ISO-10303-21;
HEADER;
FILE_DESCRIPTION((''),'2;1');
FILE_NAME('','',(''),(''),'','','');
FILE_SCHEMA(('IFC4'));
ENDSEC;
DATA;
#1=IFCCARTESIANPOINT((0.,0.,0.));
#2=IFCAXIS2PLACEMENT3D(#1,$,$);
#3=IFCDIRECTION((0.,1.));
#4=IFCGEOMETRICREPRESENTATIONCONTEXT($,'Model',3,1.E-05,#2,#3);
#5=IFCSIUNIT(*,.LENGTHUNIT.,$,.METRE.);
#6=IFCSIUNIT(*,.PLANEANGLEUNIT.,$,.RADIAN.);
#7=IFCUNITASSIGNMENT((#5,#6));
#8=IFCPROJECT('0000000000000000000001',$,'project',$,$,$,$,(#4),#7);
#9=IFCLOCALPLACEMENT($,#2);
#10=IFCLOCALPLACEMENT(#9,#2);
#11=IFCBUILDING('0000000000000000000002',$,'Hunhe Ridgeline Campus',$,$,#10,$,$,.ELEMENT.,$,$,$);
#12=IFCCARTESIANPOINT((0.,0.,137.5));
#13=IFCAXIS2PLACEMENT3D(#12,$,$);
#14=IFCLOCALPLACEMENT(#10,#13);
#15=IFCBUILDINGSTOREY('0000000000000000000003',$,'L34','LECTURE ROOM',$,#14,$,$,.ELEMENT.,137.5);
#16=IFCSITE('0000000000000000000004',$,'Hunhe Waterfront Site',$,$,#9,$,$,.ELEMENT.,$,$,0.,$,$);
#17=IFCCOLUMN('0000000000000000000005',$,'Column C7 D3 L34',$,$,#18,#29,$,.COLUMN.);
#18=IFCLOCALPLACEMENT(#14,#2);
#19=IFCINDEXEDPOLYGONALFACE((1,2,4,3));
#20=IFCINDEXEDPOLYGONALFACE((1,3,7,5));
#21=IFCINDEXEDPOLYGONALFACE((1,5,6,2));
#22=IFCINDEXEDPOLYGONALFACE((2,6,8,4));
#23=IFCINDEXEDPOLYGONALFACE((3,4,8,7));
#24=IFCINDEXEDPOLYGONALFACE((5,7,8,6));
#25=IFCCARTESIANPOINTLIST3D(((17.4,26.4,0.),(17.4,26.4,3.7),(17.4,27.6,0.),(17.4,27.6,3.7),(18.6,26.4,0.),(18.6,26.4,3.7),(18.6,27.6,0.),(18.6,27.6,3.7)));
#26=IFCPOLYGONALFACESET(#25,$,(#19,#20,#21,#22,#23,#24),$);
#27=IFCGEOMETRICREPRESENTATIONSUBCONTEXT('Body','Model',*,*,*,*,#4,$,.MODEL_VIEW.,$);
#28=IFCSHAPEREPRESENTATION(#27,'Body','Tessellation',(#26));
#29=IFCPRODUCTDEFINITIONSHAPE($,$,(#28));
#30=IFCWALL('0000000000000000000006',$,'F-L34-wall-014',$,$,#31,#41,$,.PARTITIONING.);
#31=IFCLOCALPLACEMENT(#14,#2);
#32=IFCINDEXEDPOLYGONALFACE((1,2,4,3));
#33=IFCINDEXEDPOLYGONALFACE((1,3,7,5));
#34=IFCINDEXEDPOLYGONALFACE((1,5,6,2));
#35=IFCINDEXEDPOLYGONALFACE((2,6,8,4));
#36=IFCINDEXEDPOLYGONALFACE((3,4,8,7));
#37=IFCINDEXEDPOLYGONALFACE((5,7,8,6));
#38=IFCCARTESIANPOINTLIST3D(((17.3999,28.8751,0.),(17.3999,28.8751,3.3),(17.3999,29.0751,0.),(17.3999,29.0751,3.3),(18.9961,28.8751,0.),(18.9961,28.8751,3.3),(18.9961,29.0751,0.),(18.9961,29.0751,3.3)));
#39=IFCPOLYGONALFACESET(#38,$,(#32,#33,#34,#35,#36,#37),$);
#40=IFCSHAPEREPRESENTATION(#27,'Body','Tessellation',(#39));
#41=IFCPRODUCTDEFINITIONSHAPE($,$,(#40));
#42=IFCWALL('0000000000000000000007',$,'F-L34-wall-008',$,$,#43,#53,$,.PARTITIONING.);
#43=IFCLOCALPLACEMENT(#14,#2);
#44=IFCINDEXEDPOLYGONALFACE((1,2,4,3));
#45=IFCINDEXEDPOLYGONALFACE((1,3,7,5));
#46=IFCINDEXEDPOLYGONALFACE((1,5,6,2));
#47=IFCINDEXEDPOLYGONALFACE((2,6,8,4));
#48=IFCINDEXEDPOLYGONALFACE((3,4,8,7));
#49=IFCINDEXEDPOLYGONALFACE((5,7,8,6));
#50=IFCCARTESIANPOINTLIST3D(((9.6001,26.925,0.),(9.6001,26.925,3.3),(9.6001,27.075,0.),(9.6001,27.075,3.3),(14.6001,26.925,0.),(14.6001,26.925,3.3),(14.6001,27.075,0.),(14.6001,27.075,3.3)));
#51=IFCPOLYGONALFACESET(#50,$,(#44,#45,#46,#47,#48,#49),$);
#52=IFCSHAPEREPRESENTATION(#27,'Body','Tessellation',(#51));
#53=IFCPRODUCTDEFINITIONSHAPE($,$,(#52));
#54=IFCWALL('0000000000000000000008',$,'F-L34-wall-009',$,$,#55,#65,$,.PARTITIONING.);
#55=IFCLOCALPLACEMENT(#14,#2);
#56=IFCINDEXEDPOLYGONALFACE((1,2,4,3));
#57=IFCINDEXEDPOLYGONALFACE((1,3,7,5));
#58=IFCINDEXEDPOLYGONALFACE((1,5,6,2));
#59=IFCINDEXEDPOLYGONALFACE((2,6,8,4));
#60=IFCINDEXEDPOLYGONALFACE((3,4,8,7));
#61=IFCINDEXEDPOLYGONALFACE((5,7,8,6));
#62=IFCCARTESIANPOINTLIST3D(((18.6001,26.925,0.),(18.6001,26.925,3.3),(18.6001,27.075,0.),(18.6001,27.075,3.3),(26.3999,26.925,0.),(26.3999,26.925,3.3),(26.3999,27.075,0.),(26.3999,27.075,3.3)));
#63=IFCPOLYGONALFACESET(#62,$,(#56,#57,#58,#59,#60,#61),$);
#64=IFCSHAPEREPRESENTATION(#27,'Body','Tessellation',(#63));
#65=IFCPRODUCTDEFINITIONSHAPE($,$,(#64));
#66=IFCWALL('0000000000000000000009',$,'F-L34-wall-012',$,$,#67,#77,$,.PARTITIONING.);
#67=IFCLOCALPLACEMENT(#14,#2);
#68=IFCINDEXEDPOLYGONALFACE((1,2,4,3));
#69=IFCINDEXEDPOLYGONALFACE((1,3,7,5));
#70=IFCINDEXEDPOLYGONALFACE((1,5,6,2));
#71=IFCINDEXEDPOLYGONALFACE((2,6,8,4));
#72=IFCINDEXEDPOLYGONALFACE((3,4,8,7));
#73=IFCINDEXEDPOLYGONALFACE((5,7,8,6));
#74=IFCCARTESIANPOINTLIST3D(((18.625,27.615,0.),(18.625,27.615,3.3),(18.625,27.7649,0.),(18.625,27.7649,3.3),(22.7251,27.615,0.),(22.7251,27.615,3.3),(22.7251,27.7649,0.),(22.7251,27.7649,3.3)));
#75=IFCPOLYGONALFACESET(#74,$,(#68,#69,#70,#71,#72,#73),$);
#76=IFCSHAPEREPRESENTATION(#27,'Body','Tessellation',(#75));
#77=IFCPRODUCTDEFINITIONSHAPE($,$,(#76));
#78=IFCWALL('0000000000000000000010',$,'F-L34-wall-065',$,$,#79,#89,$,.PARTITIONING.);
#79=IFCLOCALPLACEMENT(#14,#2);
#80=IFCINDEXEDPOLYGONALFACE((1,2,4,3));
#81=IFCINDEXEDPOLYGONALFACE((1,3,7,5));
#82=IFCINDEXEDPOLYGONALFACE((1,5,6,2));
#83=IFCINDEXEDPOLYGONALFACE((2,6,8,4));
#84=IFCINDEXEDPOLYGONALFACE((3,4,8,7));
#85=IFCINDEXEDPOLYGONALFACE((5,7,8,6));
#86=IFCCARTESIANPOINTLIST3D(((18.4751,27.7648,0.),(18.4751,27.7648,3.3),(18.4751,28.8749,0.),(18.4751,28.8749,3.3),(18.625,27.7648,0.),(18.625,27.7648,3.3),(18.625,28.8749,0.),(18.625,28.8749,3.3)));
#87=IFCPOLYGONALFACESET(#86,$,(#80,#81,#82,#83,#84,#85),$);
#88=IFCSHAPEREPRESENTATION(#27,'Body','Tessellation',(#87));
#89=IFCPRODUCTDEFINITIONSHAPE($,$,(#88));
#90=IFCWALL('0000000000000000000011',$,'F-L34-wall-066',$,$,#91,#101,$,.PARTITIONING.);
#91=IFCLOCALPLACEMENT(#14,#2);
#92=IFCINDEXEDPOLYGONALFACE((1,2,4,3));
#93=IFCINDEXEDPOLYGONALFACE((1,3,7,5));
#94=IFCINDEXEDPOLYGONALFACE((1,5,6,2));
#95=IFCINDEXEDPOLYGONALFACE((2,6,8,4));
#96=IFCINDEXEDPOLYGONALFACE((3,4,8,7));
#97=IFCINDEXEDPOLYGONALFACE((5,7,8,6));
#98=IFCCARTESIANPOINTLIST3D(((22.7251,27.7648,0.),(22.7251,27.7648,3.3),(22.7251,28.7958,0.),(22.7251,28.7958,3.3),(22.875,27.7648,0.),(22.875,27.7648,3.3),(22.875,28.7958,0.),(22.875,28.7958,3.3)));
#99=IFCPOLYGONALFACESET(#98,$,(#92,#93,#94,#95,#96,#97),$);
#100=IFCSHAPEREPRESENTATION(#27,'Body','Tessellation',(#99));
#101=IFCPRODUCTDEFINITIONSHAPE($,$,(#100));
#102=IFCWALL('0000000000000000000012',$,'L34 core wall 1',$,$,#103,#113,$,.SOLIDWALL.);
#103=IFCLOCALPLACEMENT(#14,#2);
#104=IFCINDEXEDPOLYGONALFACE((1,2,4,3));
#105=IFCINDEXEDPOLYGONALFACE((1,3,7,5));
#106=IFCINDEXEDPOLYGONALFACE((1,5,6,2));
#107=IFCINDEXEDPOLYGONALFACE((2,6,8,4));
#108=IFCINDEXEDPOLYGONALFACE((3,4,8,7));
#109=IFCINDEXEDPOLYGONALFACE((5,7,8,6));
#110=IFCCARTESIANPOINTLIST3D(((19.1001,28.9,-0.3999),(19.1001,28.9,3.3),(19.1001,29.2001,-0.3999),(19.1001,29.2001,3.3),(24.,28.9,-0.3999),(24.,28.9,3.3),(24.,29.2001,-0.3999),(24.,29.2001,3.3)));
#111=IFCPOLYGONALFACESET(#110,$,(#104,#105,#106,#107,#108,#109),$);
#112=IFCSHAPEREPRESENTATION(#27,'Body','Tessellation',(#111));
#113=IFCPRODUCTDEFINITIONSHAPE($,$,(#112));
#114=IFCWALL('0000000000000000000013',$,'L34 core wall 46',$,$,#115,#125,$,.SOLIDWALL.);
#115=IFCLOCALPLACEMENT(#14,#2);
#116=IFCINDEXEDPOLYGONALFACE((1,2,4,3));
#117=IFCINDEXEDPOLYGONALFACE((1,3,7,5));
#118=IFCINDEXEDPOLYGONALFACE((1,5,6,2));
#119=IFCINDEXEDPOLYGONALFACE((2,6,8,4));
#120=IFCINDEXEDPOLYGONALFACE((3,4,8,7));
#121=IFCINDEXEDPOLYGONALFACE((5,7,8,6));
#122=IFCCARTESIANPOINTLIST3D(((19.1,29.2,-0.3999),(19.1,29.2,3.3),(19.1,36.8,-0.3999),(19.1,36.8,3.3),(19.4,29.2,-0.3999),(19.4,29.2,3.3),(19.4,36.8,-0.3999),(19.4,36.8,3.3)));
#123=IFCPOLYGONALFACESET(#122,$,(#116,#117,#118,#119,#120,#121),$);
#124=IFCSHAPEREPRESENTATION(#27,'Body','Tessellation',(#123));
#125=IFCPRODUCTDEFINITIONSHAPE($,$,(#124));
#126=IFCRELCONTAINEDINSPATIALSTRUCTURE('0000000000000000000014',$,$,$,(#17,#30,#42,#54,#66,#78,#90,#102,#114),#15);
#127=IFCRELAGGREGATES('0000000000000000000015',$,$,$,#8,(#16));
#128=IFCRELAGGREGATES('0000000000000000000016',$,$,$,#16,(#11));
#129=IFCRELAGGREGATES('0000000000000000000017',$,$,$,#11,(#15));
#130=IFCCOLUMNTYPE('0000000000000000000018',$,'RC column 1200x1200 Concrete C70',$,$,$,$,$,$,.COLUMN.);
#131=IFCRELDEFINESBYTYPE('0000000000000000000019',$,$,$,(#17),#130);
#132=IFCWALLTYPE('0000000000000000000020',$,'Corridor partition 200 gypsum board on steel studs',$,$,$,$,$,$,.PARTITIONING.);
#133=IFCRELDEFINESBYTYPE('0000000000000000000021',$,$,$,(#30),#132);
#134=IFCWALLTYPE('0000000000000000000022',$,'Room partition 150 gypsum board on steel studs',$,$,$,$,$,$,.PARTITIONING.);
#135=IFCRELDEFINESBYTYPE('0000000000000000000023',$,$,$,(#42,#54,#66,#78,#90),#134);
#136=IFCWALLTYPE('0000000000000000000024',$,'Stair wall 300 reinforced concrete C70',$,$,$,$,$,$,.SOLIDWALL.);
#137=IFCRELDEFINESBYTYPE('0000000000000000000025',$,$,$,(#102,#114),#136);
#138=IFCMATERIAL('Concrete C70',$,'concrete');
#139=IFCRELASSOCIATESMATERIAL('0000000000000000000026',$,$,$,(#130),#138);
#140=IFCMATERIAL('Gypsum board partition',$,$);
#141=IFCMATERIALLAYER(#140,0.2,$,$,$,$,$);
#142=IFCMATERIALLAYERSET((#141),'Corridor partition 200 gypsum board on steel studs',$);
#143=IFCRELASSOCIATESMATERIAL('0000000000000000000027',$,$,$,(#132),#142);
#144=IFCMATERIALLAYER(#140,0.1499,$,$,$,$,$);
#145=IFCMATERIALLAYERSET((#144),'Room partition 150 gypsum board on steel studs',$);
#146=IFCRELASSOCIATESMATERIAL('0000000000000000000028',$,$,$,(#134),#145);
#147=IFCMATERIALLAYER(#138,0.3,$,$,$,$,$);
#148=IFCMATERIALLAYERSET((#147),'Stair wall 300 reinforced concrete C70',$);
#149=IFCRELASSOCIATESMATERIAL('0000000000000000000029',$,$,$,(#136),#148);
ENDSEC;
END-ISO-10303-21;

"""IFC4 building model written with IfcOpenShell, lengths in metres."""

from ifc_helpers import new_model, si_unit, direction, frame, frame_2d, origin, origin_2d, place, context, subcontext, project, spatial, rectangle, extrude, material, layer, layer_set, material_profile, profile_set, type_object, element, save


model = new_model("IFC4")

# Units and contexts
model_context = context("Model", 3, precision=1e-05, world=origin(), true_north=direction((0.0, 1.0)))
body_context = subcontext(model_context, "Body", "Model", "MODEL_VIEW")
ifc_project = project(units=[si_unit("LENGTHUNIT", "METRE"), si_unit("PLANEANGLEUNIT", "RADIAN")], contexts=[model_context])

# Site, building, storey
site_placement = place(None, origin())
site = spatial("IfcSite", under=ifc_project, at=site_placement, Name="Hunhe Waterfront Site", CompositionType="ELEMENT", RefElevation=0.0)
building_placement = place(site_placement, origin())
building = spatial("IfcBuilding", under=site, at=building_placement, Name="Hunhe Ridgeline Campus", CompositionType="ELEMENT")
storey_placement = place(building_placement, frame((0.0, 0.0, 137.5)))
storey = spatial("IfcBuildingStorey", under=building, at=storey_placement, Name="L34", Description="LECTURE ROOM", CompositionType="ELEMENT", Elevation=137.5)

# Column
ifc_material_1 = material(Name="Concrete C70", Category="concrete")
ifc_material_profile = material_profile(ifc_material_1, rectangle(XDim=1.2, YDim=1.2, at=origin_2d()))
ifc_profile_set = profile_set([ifc_material_profile], Name="Concrete C70")
column_type = type_object("IfcColumnType", Name="RC column 1200x1200 Concrete C70", PredefinedType="COLUMN", material=ifc_profile_set)
column_placement = place(storey_placement, frame((18.0, 27.0, 0.0), z_axis=(0.0, 0.0, 1.0), x_axis=(1.0, 0.0, 0.0)))
element("IfcColumn", 1, at=column_placement, inside=storey, type_object=column_type, Name="Column C7 D3 L34", PredefinedType="COLUMN", context=body_context, shape_type="SweptSolid", body=[
    extrude(rectangle(XDim=1.2, YDim=1.2, at=origin_2d()), origin(), (0.0, 0.0, 1.0), 3.7),
])

# Wall
ifc_material_2 = material(Name="Gypsum board partition")
ifc_layer_1 = layer(ifc_material_2, 0.2)
ifc_layer_set_1 = layer_set([ifc_layer_1], Name="Corridor partition 200 gypsum board on steel studs")
wall_type_1 = type_object("IfcWallType", Name="Corridor partition 200 gypsum board on steel studs", PredefinedType="PARTITIONING", material=ifc_layer_set_1)
wall_1_placement = place(storey_placement, frame((18.9961, 28.9751, 0.0), z_axis=(0.0, 0.0, 1.0), x_axis=(-1.0, 0.0, 0.0)))
element("IfcWall", 2, at=wall_1_placement, inside=storey, type_object=wall_type_1, Name="F-L34-wall-014", PredefinedType="PARTITIONING", context=body_context, shape_type="SweptSolid", body=[
    extrude(rectangle(XDim=1.5962, YDim=0.2, at=frame_2d((0.7981, 0.0))), origin(), (0.0, 0.0, 1.0), 3.3),
])

# Walls
ifc_layer_2 = layer(ifc_material_2, 0.1499)
ifc_layer_set_2 = layer_set([ifc_layer_2], Name="Room partition 150 gypsum board on steel studs")
wall_type_2 = type_object("IfcWallType", Name="Room partition 150 gypsum board on steel studs", PredefinedType="PARTITIONING", material=ifc_layer_set_2)
wall_2_placement = place(storey_placement, frame((9.6001, 27.0, 0.0), z_axis=(0.0, 0.0, 1.0), x_axis=(1.0, 0.0, 0.0)))
element("IfcWall", 3, at=wall_2_placement, inside=storey, type_object=wall_type_2, Name="F-L34-wall-008", PredefinedType="PARTITIONING", context=body_context, shape_type="SweptSolid", body=[
    extrude(rectangle(XDim=5.0, YDim=0.1499, at=frame_2d((2.5, 0.0))), origin(), (0.0, 0.0, 1.0), 3.3),
])
wall_3_placement = place(storey_placement, frame((18.6001, 27.0, 0.0), z_axis=(0.0, 0.0, 1.0), x_axis=(1.0, 0.0, 0.0)))
element("IfcWall", 4, at=wall_3_placement, inside=storey, type_object=wall_type_2, Name="F-L34-wall-009", PredefinedType="PARTITIONING", context=body_context, shape_type="SweptSolid", body=[
    extrude(rectangle(XDim=7.7998, YDim=0.1499, at=frame_2d((3.8999, 0.0))), origin(), (0.0, 0.0, 1.0), 3.3),
])
wall_4_placement = place(storey_placement, frame((18.625, 27.6899, 0.0), z_axis=(0.0, 0.0, 1.0), x_axis=(1.0, 0.0, 0.0)))
element("IfcWall", 5, at=wall_4_placement, inside=storey, type_object=wall_type_2, Name="F-L34-wall-012", PredefinedType="PARTITIONING", context=body_context, shape_type="SweptSolid", body=[
    extrude(rectangle(XDim=4.1001, YDim=0.1499, at=frame_2d((2.05, 0.0))), origin(), (0.0, 0.0, 1.0), 3.3),
])
wall_5_placement = place(storey_placement, frame((18.55, 28.875, 0.0), z_axis=(0.0, 0.0, 1.0), x_axis=(0.0, -1.0, 0.0)))
element("IfcWall", 6, at=wall_5_placement, inside=storey, type_object=wall_type_2, Name="F-L34-wall-065", PredefinedType="PARTITIONING", context=body_context, shape_type="SweptSolid", body=[
    extrude(rectangle(XDim=1.1101, YDim=0.1499, at=frame_2d((0.5552, 0.0))), origin(), (0.0, 0.0, 1.0), 3.3),
])
wall_6_placement = place(storey_placement, frame((22.8, 28.7959, 0.0), z_axis=(0.0, 0.0, 1.0), x_axis=(0.0, -1.0, 0.0)))
element("IfcWall", 7, at=wall_6_placement, inside=storey, type_object=wall_type_2, Name="F-L34-wall-066", PredefinedType="PARTITIONING", context=body_context, shape_type="SweptSolid", body=[
    extrude(rectangle(XDim=1.031, YDim=0.1499, at=frame_2d((0.5156, 0.0))), origin(), (0.0, 0.0, 1.0), 3.3),
])
ifc_layer_3 = layer(ifc_material_1, 0.3)
ifc_layer_set_3 = layer_set([ifc_layer_3], Name="Stair wall 300 reinforced concrete C70")
wall_type_3 = type_object("IfcWallType", Name="Stair wall 300 reinforced concrete C70", PredefinedType="SOLIDWALL", material=ifc_layer_set_3)
wall_7_placement = place(storey_placement, frame((19.1001, 29.05, -0.3999), z_axis=(0.0, 0.0, 1.0), x_axis=(1.0, 0.0, 0.0)))
element("IfcWall", 8, at=wall_7_placement, inside=storey, type_object=wall_type_3, Name="L34 core wall 1", PredefinedType="SOLIDWALL", context=body_context, shape_type="SweptSolid", body=[
    extrude(rectangle(XDim=4.8999, YDim=0.3, at=frame_2d((2.45, 0.0))), origin(), (0.0, 0.0, 1.0), 3.7),
])
wall_8_placement = place(storey_placement, frame((19.25, 29.2, -0.3999), z_axis=(0.0, 0.0, 1.0), x_axis=(0.0, 1.0, 0.0)))
element("IfcWall", 9, at=wall_8_placement, inside=storey, type_object=wall_type_3, Name="L34 core wall 46", PredefinedType="SOLIDWALL", context=body_context, shape_type="SweptSolid", body=[
    extrude(rectangle(XDim=7.6001, YDim=0.3, at=frame_2d((3.8, 0.0))), origin(), (0.0, 0.0, 1.0), 3.7),
])

save(model, "model.ifc")
